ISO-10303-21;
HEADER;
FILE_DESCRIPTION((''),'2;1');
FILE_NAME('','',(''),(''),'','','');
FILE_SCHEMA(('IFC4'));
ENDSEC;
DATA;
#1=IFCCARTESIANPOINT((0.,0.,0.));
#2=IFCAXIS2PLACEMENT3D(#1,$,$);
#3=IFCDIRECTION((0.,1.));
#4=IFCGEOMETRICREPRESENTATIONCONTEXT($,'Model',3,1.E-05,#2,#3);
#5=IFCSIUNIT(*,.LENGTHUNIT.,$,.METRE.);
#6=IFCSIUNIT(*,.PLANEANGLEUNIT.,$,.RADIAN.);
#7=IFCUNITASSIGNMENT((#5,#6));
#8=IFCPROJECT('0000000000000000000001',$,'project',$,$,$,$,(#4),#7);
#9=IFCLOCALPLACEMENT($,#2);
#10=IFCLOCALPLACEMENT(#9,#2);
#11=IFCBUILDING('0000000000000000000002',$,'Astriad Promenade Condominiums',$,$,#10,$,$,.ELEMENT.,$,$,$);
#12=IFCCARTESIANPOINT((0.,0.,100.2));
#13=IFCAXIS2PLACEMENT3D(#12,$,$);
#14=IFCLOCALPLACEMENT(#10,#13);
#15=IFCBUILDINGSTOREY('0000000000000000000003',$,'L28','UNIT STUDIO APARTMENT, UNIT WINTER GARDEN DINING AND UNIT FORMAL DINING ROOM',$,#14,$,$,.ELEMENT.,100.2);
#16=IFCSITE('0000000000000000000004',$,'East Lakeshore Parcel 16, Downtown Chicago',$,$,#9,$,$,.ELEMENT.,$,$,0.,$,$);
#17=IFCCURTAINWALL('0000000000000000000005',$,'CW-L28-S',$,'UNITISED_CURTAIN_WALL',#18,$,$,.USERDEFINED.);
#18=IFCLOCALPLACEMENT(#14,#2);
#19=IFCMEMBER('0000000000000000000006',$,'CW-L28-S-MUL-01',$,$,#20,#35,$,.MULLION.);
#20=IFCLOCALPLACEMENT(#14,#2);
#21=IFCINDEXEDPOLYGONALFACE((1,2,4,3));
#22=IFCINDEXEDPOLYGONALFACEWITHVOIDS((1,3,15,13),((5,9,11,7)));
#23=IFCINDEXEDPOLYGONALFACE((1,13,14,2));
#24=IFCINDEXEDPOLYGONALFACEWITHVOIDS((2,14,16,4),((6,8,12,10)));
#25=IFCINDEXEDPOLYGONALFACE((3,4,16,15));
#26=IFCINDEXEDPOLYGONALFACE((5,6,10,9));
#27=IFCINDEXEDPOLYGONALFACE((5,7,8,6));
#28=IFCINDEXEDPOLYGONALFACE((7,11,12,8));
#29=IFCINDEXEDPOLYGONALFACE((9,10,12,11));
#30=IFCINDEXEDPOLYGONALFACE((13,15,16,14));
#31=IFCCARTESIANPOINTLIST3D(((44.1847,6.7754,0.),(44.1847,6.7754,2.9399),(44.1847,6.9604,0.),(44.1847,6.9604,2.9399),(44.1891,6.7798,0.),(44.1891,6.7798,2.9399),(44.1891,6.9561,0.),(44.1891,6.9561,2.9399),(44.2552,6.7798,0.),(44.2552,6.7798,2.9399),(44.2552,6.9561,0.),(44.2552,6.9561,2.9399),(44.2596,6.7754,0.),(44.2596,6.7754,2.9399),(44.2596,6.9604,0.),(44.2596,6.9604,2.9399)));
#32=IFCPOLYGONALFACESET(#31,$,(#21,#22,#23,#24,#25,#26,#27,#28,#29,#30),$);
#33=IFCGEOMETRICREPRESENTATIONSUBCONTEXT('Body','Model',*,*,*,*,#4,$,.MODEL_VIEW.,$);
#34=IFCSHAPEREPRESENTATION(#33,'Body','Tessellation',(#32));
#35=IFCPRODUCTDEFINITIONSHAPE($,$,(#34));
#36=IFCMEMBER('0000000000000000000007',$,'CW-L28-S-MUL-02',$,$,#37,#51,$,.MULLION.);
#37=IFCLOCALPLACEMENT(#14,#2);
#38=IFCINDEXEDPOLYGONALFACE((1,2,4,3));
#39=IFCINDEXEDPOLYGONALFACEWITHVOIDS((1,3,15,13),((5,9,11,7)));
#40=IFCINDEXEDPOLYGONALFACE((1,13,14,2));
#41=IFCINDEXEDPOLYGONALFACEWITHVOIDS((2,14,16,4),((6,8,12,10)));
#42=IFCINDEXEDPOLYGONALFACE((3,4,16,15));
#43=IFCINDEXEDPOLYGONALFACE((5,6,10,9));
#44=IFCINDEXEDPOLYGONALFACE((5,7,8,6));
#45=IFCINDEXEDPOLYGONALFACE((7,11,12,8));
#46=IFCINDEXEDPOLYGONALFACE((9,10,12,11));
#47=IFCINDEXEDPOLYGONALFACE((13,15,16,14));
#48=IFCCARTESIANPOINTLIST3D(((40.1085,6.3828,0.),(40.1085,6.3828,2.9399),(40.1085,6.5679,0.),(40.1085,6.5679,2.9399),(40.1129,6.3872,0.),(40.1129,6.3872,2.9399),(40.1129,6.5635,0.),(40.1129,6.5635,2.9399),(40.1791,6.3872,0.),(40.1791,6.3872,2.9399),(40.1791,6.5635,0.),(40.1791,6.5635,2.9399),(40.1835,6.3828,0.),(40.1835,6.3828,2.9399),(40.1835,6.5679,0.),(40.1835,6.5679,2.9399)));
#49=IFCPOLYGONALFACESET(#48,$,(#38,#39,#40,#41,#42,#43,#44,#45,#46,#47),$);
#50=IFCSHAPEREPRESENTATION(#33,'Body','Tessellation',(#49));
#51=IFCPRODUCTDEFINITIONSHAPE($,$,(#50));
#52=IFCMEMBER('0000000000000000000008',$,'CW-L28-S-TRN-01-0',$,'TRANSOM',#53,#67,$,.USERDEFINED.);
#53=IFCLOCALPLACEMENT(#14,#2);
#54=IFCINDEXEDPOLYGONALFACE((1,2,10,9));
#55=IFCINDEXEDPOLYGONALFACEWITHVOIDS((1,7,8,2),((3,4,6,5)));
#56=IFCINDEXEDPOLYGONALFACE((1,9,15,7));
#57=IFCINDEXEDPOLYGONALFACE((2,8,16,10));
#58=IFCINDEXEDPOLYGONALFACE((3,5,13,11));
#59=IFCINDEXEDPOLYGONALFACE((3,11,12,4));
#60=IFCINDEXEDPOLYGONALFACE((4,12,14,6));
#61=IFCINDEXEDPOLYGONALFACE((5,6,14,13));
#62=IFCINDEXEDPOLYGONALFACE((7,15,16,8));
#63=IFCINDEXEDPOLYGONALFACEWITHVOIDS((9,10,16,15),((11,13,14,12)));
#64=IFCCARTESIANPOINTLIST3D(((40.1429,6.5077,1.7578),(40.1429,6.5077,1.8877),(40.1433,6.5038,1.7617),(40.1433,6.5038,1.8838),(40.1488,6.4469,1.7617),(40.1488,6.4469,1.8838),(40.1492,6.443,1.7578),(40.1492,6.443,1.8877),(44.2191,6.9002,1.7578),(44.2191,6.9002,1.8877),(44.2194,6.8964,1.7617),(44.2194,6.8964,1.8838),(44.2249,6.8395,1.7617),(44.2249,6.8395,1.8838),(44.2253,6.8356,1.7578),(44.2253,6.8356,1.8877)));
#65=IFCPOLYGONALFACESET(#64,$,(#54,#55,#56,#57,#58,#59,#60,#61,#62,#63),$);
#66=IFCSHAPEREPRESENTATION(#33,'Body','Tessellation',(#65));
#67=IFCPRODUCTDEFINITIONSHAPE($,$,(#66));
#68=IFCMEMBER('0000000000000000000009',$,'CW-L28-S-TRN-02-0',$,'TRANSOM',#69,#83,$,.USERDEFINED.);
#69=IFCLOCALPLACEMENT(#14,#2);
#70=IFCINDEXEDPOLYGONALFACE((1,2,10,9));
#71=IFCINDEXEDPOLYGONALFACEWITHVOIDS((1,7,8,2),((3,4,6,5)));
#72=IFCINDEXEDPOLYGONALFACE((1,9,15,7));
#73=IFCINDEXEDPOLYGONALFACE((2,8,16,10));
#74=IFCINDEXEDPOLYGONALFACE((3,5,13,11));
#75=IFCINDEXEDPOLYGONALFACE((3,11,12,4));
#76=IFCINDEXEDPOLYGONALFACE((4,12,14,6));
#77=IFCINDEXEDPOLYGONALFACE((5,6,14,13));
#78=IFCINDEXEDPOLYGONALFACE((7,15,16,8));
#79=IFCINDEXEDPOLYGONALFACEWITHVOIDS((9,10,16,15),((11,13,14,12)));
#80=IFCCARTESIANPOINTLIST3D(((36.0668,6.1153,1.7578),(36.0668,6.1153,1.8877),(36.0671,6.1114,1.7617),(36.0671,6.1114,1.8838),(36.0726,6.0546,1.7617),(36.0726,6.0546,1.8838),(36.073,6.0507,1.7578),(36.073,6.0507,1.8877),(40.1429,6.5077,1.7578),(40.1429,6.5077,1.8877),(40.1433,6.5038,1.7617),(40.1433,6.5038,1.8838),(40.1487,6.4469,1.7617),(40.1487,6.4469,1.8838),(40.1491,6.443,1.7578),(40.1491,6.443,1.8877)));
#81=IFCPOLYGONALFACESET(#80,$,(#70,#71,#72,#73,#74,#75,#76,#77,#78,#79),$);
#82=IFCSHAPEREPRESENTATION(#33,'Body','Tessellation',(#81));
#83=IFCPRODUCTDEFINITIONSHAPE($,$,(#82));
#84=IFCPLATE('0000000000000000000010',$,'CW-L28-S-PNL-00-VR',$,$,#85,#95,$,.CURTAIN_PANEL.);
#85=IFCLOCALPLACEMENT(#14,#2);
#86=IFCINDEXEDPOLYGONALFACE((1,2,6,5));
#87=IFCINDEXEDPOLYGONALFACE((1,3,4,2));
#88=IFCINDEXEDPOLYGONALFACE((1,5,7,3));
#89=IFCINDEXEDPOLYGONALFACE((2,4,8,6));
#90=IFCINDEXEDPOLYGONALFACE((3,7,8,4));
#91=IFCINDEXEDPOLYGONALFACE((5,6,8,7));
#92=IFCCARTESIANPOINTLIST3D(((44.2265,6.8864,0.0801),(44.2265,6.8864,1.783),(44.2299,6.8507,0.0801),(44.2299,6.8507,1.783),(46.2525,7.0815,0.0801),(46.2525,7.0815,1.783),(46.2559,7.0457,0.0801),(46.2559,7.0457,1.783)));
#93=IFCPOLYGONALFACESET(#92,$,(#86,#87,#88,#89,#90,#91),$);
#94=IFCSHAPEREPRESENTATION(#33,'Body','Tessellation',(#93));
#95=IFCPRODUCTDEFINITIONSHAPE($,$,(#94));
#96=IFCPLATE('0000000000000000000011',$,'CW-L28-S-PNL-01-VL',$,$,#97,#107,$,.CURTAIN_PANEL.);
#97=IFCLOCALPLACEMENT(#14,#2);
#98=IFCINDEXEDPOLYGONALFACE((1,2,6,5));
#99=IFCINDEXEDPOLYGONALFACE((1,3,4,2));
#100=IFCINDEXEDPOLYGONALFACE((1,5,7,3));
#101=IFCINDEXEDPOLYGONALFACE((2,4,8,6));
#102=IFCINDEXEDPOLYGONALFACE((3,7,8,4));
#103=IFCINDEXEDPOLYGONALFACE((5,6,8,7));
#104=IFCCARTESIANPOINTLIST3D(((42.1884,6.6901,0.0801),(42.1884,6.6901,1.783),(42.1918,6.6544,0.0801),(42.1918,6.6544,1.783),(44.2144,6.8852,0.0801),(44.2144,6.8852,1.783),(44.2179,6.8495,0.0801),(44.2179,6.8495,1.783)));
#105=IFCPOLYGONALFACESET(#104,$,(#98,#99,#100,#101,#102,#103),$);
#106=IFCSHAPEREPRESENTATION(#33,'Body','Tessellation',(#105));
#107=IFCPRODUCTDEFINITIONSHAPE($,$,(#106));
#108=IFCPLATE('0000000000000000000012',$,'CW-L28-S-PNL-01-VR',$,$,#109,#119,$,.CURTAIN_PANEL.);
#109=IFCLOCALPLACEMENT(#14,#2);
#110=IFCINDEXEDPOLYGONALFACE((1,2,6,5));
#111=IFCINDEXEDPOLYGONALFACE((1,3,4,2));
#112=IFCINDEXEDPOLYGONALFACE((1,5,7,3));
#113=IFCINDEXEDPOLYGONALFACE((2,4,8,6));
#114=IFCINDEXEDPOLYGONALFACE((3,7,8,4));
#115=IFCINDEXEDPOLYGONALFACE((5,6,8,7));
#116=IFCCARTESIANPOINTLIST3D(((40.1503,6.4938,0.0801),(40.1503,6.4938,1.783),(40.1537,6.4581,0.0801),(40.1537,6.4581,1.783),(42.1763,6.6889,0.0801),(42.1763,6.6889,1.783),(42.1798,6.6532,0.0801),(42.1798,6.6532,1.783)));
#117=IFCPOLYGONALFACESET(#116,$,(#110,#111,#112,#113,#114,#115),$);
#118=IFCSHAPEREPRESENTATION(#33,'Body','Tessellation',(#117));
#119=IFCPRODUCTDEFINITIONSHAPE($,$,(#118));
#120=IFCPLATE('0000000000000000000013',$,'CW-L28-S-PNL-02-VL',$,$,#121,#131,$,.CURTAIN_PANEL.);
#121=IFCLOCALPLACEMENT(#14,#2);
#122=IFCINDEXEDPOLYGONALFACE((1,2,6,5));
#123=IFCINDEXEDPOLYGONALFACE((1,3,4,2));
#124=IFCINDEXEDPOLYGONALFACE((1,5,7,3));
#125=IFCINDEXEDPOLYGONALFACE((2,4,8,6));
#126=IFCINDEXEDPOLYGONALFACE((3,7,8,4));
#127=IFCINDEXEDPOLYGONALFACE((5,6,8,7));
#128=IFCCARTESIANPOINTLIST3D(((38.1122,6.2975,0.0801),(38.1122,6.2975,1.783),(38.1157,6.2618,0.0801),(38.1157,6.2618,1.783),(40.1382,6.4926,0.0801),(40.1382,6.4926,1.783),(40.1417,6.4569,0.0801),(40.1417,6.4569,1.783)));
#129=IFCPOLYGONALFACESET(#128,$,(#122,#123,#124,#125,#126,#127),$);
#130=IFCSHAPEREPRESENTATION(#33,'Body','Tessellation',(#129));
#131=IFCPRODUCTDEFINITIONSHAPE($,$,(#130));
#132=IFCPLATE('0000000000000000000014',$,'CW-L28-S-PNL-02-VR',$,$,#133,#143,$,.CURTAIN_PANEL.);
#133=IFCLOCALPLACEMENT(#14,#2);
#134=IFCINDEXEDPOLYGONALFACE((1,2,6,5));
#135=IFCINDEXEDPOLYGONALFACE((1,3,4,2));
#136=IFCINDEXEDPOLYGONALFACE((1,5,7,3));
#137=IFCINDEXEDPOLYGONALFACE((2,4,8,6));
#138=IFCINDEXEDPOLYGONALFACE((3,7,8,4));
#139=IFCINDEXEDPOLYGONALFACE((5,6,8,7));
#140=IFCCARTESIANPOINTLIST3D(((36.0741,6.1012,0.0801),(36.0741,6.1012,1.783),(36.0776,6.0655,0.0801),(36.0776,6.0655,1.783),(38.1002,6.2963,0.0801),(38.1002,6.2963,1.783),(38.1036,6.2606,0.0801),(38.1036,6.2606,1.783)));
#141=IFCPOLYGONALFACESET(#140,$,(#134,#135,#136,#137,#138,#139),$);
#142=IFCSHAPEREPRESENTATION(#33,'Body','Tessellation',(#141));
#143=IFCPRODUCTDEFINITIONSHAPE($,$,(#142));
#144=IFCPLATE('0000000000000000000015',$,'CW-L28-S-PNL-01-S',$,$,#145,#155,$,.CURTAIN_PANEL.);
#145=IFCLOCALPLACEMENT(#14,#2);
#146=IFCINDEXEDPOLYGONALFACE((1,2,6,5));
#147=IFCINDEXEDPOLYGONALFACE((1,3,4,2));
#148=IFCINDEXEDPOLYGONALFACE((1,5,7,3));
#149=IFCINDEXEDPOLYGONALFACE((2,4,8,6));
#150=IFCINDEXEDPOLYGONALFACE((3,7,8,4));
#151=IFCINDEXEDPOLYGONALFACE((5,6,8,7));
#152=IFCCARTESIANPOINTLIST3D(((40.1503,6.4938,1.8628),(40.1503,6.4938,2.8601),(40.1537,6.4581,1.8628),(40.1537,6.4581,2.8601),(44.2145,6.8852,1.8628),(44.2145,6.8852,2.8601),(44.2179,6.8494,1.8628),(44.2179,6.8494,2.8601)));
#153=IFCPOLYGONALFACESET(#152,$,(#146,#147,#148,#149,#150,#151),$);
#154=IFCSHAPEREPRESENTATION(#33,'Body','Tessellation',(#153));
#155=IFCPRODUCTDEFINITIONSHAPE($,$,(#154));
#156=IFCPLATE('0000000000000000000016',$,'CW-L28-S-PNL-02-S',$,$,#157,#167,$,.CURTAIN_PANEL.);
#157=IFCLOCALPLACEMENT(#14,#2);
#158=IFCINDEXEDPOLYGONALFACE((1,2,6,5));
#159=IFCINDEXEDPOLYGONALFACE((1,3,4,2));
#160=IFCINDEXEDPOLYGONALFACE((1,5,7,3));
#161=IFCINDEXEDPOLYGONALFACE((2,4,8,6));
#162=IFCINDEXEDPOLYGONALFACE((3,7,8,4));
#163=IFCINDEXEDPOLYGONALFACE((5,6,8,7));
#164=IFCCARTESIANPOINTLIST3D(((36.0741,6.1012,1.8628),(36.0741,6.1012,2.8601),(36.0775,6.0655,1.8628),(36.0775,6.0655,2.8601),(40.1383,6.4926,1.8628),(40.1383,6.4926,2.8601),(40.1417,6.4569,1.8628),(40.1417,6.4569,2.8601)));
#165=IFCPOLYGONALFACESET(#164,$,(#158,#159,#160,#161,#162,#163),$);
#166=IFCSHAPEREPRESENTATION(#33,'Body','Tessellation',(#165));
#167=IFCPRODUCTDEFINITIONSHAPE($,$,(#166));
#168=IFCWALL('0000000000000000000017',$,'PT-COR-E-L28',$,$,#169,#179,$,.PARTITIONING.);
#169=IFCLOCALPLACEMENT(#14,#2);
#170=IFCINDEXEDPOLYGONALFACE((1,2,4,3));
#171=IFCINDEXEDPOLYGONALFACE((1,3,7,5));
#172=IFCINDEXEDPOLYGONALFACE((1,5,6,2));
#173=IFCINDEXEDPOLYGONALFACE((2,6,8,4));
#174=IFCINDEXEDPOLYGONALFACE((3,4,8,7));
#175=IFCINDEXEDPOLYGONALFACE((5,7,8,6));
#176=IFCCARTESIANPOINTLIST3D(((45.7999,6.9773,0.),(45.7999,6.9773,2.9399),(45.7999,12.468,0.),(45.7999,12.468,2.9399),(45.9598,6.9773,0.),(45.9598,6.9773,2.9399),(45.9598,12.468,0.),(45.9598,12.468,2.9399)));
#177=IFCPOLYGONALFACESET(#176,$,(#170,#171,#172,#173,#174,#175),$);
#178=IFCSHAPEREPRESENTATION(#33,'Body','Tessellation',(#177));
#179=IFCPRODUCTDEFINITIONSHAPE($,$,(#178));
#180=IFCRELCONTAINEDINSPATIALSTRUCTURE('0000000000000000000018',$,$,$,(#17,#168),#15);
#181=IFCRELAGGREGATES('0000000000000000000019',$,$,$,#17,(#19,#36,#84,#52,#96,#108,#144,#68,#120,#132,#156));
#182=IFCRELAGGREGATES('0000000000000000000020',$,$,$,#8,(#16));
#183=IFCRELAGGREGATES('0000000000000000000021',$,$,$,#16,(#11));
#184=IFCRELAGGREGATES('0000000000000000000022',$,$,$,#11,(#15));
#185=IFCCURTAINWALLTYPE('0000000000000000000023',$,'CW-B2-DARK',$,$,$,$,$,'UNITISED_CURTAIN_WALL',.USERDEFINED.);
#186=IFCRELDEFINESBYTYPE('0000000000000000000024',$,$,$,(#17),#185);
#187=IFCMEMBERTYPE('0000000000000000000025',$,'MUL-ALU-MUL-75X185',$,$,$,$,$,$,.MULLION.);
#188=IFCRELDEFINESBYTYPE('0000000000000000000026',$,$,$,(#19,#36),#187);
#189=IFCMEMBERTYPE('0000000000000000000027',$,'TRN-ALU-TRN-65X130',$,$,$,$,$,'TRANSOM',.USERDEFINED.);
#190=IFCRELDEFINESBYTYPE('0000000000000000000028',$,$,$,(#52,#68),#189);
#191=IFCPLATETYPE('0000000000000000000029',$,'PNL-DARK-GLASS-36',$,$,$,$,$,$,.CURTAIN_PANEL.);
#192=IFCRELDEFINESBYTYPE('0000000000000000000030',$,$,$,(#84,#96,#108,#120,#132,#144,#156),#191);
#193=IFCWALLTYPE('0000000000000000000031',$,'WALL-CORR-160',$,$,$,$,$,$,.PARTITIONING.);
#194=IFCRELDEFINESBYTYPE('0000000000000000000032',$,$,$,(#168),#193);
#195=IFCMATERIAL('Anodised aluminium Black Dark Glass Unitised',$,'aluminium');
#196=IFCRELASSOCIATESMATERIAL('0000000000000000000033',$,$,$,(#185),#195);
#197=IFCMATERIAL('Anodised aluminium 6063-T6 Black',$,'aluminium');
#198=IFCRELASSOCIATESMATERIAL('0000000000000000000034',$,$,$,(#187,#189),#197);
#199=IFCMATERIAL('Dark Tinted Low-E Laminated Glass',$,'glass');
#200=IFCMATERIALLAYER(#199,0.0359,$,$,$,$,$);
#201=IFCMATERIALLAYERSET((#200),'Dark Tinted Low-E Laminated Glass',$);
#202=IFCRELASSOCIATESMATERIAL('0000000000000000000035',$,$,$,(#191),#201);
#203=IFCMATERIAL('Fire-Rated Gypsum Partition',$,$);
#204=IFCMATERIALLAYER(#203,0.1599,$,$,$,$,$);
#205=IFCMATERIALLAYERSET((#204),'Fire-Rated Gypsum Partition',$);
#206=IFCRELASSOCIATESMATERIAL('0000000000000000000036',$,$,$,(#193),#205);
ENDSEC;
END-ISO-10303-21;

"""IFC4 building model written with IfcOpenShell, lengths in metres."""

from ifc_helpers import new_model, si_unit, direction, frame, frame_2d, origin, origin_2d, place, context, subcontext, project, spatial, rectangle, hollow_rectangle, extrude, source, transform, mapped, material, layer, layer_set, material_profile, profile_set, type_object, type_shapes, element, aggregate, save


model = new_model("IFC4")

# Units and contexts
model_context = context("Model", 3, precision=1e-05, world=origin(), true_north=direction((0.0, 1.0)))
body_context = subcontext(model_context, "Body", "Model", "MODEL_VIEW")
ifc_project = project(units=[si_unit("LENGTHUNIT", "METRE"), si_unit("PLANEANGLEUNIT", "RADIAN")], contexts=[model_context])

# Site, building, storey
site_placement = place(None, origin())
site = spatial("IfcSite", under=ifc_project, at=site_placement, Name="East Lakeshore Parcel 16, Downtown Chicago", CompositionType="ELEMENT", RefElevation=0.0)
building_placement = place(site_placement, origin())
building = spatial("IfcBuilding", under=site, at=building_placement, Name="Astriad Promenade Condominiums", CompositionType="ELEMENT")
storey_placement = place(building_placement, frame((0.0, 0.0, 100.2)))
storey = spatial("IfcBuildingStorey", under=building, at=storey_placement, Name="L28", Description="UNIT STUDIO APARTMENT, UNIT WINTER GARDEN DINING AND UNIT FORMAL DINING ROOM", CompositionType="ELEMENT", Elevation=100.2)

# Curtain wall, members, plates
ifc_material_1 = material(Name="Anodised aluminium Black Dark Glass Unitised", Category="aluminium")
curtain_wall_type = type_object("IfcCurtainWallType", Name="CW-B2-DARK", ElementType="UNITISED_CURTAIN_WALL", PredefinedType="USERDEFINED", material=ifc_material_1)
curtain_wall_placement = place(storey_placement, origin())
curtain_wall = element("IfcCurtainWall", 1, at=curtain_wall_placement, inside=storey, type_object=curtain_wall_type, Name="CW-L28-S", ObjectType="UNITISED_CURTAIN_WALL", PredefinedType="USERDEFINED")
ifc_material_2 = material(Name="Anodised aluminium 6063-T6 Black", Category="aluminium")
ifc_material_profile_1 = material_profile(ifc_material_2, hollow_rectangle(XDim=0.075, YDim=0.1851, WallThickness=0.0044, at=origin_2d()), Name="ALU-MUL-75X185")
ifc_profile_set_1 = profile_set([ifc_material_profile_1], Name="Anodised aluminium 6063-T6 Black")
member_type_1 = type_object("IfcMemberType", Name="MUL-ALU-MUL-75X185", PredefinedType="MULLION", material=ifc_profile_set_1)
shared_shape_1 = source(origin(), body_context, "Body", "SweptSolid", [
    extrude(hollow_rectangle(XDim=0.075, YDim=0.1851, WallThickness=0.0044, at=origin_2d()), origin(), (0.0, 0.0, 1.0), 2.9399),
])
type_shapes(member_type_1, [shared_shape_1])
member_1_placement = place(storey_placement, frame((44.2222, 6.8679, 0.0), z_axis=(0.0, 0.0, 1.0), x_axis=(1.0, 0.0, 0.0)))
member_1 = element("IfcMember", 2, at=member_1_placement, type_object=member_type_1, Name="CW-L28-S-MUL-01", PredefinedType="MULLION", context=body_context, shape_type="MappedRepresentation", body=[
    mapped(shared_shape_1, transform((0.0, 0.0, 0.0), scale=1.0)),
])
member_2_placement = place(storey_placement, frame((40.146, 6.4753, 0.0), z_axis=(0.0, 0.0, 1.0), x_axis=(1.0, 0.0, 0.0)))
member_2 = element("IfcMember", 3, at=member_2_placement, type_object=member_type_1, Name="CW-L28-S-MUL-02", PredefinedType="MULLION", context=body_context, shape_type="MappedRepresentation", body=[
    mapped(shared_shape_1, transform((0.0, 0.0, 0.0), scale=1.0)),
])
ifc_material_profile_2 = material_profile(ifc_material_2, hollow_rectangle(XDim=0.0649, YDim=0.1299, WallThickness=0.0039, at=origin_2d()), Name="ALU-TRN-65X130")
ifc_profile_set_2 = profile_set([ifc_material_profile_2], Name="Anodised aluminium 6063-T6 Black")
member_type_2 = type_object("IfcMemberType", Name="TRN-ALU-TRN-65X130", ElementType="TRANSOM", PredefinedType="USERDEFINED", material=ifc_profile_set_2)
shared_shape_2 = source(origin(), body_context, "Body", "SweptSolid", [
    extrude(hollow_rectangle(XDim=0.0649, YDim=0.1299, WallThickness=0.0039, at=origin_2d()), origin(), (0.0, 0.0, 1.0), 4.095),
])
type_shapes(member_type_2, [shared_shape_2])
member_3_placement = place(storey_placement, frame((44.2222, 6.8679, 1.8228), z_axis=(-0.995394, -0.095867, 0.0), x_axis=(0.095867, -0.995394, 0.0)))
member_3 = element("IfcMember", 4, at=member_3_placement, type_object=member_type_2, Name="CW-L28-S-TRN-01-0", ObjectType="TRANSOM", PredefinedType="USERDEFINED", context=body_context, shape_type="MappedRepresentation", body=[
    mapped(shared_shape_2, transform((0.0, 0.0, 0.0), scale=1.0)),
])
member_4_placement = place(storey_placement, frame((40.146, 6.4753, 1.8228), z_axis=(-0.9954, -0.095808, 0.0), x_axis=(0.095808, -0.9954, 0.0)))
member_4 = element("IfcMember", 5, at=member_4_placement, type_object=member_type_2, Name="CW-L28-S-TRN-02-0", ObjectType="TRANSOM", PredefinedType="USERDEFINED", context=body_context, shape_type="MappedRepresentation", body=[
    mapped(shared_shape_2, transform((0.0, 0.0, 0.0), scale=1.0)),
])
ifc_material_3 = material(Name="Dark Tinted Low-E Laminated Glass", Category="glass")
ifc_layer_1 = layer(ifc_material_3, 0.0359)
ifc_layer_set_1 = layer_set([ifc_layer_1], Name="Dark Tinted Low-E Laminated Glass")
plate_type = type_object("IfcPlateType", Name="PNL-DARK-GLASS-36", PredefinedType="CURTAIN_PANEL", material=ifc_layer_set_1)
shared_shape_3 = source(origin(), body_context, "Body", "SweptSolid", [
    extrude(rectangle(XDim=2.0354, YDim=0.0359, at=origin_2d()), origin(), (0.0, 0.0, 1.0), 1.7029),
])
plate_1_placement = place(storey_placement, frame((45.2412, 6.9661, 0.0801), z_axis=(0.0, 0.0, 1.0), x_axis=(-0.995396, -0.095846, 0.0)))
plate_1 = element("IfcPlate", 6, at=plate_1_placement, type_object=plate_type, Name="CW-L28-S-PNL-00-VR", PredefinedType="CURTAIN_PANEL", context=body_context, shape_type="MappedRepresentation", body=[
    mapped(shared_shape_3, transform((0.0, 0.0, 0.0), scale=1.0)),
])
plate_2_placement = place(storey_placement, frame((43.2031, 6.7698, 0.0801), z_axis=(0.0, 0.0, 1.0), x_axis=(-0.995396, -0.095846, 0.0)))
plate_2 = element("IfcPlate", 7, at=plate_2_placement, type_object=plate_type, Name="CW-L28-S-PNL-01-VL", PredefinedType="CURTAIN_PANEL", context=body_context, shape_type="MappedRepresentation", body=[
    mapped(shared_shape_3, transform((0.0, 0.0, 0.0), scale=1.0)),
])
plate_3_placement = place(storey_placement, frame((41.165, 6.5735, 0.0801), z_axis=(0.0, 0.0, 1.0), x_axis=(-0.995396, -0.095846, 0.0)))
plate_3 = element("IfcPlate", 8, at=plate_3_placement, type_object=plate_type, Name="CW-L28-S-PNL-01-VR", PredefinedType="CURTAIN_PANEL", context=body_context, shape_type="MappedRepresentation", body=[
    mapped(shared_shape_3, transform((0.0, 0.0, 0.0), scale=1.0)),
])
plate_4_placement = place(storey_placement, frame((39.127, 6.3772, 0.0801), z_axis=(0.0, 0.0, 1.0), x_axis=(-0.995396, -0.095846, 0.0)))
plate_4 = element("IfcPlate", 9, at=plate_4_placement, type_object=plate_type, Name="CW-L28-S-PNL-02-VL", PredefinedType="CURTAIN_PANEL", context=body_context, shape_type="MappedRepresentation", body=[
    mapped(shared_shape_3, transform((0.0, 0.0, 0.0), scale=1.0)),
])
plate_5_placement = place(storey_placement, frame((37.0889, 6.1809, 0.0801), z_axis=(0.0, 0.0, 1.0), x_axis=(-0.995396, -0.095846, 0.0)))
plate_5 = element("IfcPlate", 10, at=plate_5_placement, type_object=plate_type, Name="CW-L28-S-PNL-02-VR", PredefinedType="CURTAIN_PANEL", context=body_context, shape_type="MappedRepresentation", body=[
    mapped(shared_shape_3, transform((0.0, 0.0, 0.0), scale=1.0)),
])
shared_shape_4 = source(origin(), body_context, "Body", "SweptSolid", [
    extrude(rectangle(XDim=4.083, YDim=0.0359, at=origin_2d()), origin(), (0.0, 0.0, 1.0), 0.9973),
])
type_shapes(plate_type, [shared_shape_3, shared_shape_4])
plate_6_placement = place(storey_placement, frame((42.1841, 6.6716, 1.8628), z_axis=(0.0, 0.0, 1.0), x_axis=(-0.995396, -0.095846, 0.0)))
plate_6 = element("IfcPlate", 11, at=plate_6_placement, type_object=plate_type, Name="CW-L28-S-PNL-01-S", PredefinedType="CURTAIN_PANEL", context=body_context, shape_type="MappedRepresentation", body=[
    mapped(shared_shape_4, transform((0.0, 0.0, 0.0), scale=1.0)),
])
plate_7_placement = place(storey_placement, frame((38.1079, 6.2791, 1.8628), z_axis=(0.0, 0.0, 1.0), x_axis=(-0.995396, -0.095846, 0.0)))
plate_7 = element("IfcPlate", 12, at=plate_7_placement, type_object=plate_type, Name="CW-L28-S-PNL-02-S", PredefinedType="CURTAIN_PANEL", context=body_context, shape_type="MappedRepresentation", body=[
    mapped(shared_shape_4, transform((0.0, 0.0, 0.0), scale=1.0)),
])
aggregate(curtain_wall, [member_1, member_2, plate_1, member_3, plate_2, plate_3, plate_6, member_4, plate_4, plate_5, plate_7])

# Wall
ifc_material_4 = material(Name="Fire-Rated Gypsum Partition")
ifc_layer_2 = layer(ifc_material_4, 0.1599)
ifc_layer_set_2 = layer_set([ifc_layer_2], Name="Fire-Rated Gypsum Partition")
wall_type_1 = type_object("IfcWallType", Name="WALL-CORR-160", PredefinedType="PARTITIONING", material=ifc_layer_set_2)
wall_1_placement = place(storey_placement, frame((45.8799, 6.9773, 0.0), z_axis=(0.0, 0.0, 1.0), x_axis=(0.0, 1.0, 0.0)))
element("IfcWall", 13, at=wall_1_placement, inside=storey, type_object=wall_type_1, Name="PT-COR-E-L28", PredefinedType="PARTITIONING", context=body_context, shape_type="SweptSolid", body=[
    extrude(rectangle(XDim=5.4907, YDim=0.1599, at=frame_2d((2.7454, 0.0))), origin(), (0.0, 0.0, 1.0), 2.9399),
])

save(model, "model.ifc")
